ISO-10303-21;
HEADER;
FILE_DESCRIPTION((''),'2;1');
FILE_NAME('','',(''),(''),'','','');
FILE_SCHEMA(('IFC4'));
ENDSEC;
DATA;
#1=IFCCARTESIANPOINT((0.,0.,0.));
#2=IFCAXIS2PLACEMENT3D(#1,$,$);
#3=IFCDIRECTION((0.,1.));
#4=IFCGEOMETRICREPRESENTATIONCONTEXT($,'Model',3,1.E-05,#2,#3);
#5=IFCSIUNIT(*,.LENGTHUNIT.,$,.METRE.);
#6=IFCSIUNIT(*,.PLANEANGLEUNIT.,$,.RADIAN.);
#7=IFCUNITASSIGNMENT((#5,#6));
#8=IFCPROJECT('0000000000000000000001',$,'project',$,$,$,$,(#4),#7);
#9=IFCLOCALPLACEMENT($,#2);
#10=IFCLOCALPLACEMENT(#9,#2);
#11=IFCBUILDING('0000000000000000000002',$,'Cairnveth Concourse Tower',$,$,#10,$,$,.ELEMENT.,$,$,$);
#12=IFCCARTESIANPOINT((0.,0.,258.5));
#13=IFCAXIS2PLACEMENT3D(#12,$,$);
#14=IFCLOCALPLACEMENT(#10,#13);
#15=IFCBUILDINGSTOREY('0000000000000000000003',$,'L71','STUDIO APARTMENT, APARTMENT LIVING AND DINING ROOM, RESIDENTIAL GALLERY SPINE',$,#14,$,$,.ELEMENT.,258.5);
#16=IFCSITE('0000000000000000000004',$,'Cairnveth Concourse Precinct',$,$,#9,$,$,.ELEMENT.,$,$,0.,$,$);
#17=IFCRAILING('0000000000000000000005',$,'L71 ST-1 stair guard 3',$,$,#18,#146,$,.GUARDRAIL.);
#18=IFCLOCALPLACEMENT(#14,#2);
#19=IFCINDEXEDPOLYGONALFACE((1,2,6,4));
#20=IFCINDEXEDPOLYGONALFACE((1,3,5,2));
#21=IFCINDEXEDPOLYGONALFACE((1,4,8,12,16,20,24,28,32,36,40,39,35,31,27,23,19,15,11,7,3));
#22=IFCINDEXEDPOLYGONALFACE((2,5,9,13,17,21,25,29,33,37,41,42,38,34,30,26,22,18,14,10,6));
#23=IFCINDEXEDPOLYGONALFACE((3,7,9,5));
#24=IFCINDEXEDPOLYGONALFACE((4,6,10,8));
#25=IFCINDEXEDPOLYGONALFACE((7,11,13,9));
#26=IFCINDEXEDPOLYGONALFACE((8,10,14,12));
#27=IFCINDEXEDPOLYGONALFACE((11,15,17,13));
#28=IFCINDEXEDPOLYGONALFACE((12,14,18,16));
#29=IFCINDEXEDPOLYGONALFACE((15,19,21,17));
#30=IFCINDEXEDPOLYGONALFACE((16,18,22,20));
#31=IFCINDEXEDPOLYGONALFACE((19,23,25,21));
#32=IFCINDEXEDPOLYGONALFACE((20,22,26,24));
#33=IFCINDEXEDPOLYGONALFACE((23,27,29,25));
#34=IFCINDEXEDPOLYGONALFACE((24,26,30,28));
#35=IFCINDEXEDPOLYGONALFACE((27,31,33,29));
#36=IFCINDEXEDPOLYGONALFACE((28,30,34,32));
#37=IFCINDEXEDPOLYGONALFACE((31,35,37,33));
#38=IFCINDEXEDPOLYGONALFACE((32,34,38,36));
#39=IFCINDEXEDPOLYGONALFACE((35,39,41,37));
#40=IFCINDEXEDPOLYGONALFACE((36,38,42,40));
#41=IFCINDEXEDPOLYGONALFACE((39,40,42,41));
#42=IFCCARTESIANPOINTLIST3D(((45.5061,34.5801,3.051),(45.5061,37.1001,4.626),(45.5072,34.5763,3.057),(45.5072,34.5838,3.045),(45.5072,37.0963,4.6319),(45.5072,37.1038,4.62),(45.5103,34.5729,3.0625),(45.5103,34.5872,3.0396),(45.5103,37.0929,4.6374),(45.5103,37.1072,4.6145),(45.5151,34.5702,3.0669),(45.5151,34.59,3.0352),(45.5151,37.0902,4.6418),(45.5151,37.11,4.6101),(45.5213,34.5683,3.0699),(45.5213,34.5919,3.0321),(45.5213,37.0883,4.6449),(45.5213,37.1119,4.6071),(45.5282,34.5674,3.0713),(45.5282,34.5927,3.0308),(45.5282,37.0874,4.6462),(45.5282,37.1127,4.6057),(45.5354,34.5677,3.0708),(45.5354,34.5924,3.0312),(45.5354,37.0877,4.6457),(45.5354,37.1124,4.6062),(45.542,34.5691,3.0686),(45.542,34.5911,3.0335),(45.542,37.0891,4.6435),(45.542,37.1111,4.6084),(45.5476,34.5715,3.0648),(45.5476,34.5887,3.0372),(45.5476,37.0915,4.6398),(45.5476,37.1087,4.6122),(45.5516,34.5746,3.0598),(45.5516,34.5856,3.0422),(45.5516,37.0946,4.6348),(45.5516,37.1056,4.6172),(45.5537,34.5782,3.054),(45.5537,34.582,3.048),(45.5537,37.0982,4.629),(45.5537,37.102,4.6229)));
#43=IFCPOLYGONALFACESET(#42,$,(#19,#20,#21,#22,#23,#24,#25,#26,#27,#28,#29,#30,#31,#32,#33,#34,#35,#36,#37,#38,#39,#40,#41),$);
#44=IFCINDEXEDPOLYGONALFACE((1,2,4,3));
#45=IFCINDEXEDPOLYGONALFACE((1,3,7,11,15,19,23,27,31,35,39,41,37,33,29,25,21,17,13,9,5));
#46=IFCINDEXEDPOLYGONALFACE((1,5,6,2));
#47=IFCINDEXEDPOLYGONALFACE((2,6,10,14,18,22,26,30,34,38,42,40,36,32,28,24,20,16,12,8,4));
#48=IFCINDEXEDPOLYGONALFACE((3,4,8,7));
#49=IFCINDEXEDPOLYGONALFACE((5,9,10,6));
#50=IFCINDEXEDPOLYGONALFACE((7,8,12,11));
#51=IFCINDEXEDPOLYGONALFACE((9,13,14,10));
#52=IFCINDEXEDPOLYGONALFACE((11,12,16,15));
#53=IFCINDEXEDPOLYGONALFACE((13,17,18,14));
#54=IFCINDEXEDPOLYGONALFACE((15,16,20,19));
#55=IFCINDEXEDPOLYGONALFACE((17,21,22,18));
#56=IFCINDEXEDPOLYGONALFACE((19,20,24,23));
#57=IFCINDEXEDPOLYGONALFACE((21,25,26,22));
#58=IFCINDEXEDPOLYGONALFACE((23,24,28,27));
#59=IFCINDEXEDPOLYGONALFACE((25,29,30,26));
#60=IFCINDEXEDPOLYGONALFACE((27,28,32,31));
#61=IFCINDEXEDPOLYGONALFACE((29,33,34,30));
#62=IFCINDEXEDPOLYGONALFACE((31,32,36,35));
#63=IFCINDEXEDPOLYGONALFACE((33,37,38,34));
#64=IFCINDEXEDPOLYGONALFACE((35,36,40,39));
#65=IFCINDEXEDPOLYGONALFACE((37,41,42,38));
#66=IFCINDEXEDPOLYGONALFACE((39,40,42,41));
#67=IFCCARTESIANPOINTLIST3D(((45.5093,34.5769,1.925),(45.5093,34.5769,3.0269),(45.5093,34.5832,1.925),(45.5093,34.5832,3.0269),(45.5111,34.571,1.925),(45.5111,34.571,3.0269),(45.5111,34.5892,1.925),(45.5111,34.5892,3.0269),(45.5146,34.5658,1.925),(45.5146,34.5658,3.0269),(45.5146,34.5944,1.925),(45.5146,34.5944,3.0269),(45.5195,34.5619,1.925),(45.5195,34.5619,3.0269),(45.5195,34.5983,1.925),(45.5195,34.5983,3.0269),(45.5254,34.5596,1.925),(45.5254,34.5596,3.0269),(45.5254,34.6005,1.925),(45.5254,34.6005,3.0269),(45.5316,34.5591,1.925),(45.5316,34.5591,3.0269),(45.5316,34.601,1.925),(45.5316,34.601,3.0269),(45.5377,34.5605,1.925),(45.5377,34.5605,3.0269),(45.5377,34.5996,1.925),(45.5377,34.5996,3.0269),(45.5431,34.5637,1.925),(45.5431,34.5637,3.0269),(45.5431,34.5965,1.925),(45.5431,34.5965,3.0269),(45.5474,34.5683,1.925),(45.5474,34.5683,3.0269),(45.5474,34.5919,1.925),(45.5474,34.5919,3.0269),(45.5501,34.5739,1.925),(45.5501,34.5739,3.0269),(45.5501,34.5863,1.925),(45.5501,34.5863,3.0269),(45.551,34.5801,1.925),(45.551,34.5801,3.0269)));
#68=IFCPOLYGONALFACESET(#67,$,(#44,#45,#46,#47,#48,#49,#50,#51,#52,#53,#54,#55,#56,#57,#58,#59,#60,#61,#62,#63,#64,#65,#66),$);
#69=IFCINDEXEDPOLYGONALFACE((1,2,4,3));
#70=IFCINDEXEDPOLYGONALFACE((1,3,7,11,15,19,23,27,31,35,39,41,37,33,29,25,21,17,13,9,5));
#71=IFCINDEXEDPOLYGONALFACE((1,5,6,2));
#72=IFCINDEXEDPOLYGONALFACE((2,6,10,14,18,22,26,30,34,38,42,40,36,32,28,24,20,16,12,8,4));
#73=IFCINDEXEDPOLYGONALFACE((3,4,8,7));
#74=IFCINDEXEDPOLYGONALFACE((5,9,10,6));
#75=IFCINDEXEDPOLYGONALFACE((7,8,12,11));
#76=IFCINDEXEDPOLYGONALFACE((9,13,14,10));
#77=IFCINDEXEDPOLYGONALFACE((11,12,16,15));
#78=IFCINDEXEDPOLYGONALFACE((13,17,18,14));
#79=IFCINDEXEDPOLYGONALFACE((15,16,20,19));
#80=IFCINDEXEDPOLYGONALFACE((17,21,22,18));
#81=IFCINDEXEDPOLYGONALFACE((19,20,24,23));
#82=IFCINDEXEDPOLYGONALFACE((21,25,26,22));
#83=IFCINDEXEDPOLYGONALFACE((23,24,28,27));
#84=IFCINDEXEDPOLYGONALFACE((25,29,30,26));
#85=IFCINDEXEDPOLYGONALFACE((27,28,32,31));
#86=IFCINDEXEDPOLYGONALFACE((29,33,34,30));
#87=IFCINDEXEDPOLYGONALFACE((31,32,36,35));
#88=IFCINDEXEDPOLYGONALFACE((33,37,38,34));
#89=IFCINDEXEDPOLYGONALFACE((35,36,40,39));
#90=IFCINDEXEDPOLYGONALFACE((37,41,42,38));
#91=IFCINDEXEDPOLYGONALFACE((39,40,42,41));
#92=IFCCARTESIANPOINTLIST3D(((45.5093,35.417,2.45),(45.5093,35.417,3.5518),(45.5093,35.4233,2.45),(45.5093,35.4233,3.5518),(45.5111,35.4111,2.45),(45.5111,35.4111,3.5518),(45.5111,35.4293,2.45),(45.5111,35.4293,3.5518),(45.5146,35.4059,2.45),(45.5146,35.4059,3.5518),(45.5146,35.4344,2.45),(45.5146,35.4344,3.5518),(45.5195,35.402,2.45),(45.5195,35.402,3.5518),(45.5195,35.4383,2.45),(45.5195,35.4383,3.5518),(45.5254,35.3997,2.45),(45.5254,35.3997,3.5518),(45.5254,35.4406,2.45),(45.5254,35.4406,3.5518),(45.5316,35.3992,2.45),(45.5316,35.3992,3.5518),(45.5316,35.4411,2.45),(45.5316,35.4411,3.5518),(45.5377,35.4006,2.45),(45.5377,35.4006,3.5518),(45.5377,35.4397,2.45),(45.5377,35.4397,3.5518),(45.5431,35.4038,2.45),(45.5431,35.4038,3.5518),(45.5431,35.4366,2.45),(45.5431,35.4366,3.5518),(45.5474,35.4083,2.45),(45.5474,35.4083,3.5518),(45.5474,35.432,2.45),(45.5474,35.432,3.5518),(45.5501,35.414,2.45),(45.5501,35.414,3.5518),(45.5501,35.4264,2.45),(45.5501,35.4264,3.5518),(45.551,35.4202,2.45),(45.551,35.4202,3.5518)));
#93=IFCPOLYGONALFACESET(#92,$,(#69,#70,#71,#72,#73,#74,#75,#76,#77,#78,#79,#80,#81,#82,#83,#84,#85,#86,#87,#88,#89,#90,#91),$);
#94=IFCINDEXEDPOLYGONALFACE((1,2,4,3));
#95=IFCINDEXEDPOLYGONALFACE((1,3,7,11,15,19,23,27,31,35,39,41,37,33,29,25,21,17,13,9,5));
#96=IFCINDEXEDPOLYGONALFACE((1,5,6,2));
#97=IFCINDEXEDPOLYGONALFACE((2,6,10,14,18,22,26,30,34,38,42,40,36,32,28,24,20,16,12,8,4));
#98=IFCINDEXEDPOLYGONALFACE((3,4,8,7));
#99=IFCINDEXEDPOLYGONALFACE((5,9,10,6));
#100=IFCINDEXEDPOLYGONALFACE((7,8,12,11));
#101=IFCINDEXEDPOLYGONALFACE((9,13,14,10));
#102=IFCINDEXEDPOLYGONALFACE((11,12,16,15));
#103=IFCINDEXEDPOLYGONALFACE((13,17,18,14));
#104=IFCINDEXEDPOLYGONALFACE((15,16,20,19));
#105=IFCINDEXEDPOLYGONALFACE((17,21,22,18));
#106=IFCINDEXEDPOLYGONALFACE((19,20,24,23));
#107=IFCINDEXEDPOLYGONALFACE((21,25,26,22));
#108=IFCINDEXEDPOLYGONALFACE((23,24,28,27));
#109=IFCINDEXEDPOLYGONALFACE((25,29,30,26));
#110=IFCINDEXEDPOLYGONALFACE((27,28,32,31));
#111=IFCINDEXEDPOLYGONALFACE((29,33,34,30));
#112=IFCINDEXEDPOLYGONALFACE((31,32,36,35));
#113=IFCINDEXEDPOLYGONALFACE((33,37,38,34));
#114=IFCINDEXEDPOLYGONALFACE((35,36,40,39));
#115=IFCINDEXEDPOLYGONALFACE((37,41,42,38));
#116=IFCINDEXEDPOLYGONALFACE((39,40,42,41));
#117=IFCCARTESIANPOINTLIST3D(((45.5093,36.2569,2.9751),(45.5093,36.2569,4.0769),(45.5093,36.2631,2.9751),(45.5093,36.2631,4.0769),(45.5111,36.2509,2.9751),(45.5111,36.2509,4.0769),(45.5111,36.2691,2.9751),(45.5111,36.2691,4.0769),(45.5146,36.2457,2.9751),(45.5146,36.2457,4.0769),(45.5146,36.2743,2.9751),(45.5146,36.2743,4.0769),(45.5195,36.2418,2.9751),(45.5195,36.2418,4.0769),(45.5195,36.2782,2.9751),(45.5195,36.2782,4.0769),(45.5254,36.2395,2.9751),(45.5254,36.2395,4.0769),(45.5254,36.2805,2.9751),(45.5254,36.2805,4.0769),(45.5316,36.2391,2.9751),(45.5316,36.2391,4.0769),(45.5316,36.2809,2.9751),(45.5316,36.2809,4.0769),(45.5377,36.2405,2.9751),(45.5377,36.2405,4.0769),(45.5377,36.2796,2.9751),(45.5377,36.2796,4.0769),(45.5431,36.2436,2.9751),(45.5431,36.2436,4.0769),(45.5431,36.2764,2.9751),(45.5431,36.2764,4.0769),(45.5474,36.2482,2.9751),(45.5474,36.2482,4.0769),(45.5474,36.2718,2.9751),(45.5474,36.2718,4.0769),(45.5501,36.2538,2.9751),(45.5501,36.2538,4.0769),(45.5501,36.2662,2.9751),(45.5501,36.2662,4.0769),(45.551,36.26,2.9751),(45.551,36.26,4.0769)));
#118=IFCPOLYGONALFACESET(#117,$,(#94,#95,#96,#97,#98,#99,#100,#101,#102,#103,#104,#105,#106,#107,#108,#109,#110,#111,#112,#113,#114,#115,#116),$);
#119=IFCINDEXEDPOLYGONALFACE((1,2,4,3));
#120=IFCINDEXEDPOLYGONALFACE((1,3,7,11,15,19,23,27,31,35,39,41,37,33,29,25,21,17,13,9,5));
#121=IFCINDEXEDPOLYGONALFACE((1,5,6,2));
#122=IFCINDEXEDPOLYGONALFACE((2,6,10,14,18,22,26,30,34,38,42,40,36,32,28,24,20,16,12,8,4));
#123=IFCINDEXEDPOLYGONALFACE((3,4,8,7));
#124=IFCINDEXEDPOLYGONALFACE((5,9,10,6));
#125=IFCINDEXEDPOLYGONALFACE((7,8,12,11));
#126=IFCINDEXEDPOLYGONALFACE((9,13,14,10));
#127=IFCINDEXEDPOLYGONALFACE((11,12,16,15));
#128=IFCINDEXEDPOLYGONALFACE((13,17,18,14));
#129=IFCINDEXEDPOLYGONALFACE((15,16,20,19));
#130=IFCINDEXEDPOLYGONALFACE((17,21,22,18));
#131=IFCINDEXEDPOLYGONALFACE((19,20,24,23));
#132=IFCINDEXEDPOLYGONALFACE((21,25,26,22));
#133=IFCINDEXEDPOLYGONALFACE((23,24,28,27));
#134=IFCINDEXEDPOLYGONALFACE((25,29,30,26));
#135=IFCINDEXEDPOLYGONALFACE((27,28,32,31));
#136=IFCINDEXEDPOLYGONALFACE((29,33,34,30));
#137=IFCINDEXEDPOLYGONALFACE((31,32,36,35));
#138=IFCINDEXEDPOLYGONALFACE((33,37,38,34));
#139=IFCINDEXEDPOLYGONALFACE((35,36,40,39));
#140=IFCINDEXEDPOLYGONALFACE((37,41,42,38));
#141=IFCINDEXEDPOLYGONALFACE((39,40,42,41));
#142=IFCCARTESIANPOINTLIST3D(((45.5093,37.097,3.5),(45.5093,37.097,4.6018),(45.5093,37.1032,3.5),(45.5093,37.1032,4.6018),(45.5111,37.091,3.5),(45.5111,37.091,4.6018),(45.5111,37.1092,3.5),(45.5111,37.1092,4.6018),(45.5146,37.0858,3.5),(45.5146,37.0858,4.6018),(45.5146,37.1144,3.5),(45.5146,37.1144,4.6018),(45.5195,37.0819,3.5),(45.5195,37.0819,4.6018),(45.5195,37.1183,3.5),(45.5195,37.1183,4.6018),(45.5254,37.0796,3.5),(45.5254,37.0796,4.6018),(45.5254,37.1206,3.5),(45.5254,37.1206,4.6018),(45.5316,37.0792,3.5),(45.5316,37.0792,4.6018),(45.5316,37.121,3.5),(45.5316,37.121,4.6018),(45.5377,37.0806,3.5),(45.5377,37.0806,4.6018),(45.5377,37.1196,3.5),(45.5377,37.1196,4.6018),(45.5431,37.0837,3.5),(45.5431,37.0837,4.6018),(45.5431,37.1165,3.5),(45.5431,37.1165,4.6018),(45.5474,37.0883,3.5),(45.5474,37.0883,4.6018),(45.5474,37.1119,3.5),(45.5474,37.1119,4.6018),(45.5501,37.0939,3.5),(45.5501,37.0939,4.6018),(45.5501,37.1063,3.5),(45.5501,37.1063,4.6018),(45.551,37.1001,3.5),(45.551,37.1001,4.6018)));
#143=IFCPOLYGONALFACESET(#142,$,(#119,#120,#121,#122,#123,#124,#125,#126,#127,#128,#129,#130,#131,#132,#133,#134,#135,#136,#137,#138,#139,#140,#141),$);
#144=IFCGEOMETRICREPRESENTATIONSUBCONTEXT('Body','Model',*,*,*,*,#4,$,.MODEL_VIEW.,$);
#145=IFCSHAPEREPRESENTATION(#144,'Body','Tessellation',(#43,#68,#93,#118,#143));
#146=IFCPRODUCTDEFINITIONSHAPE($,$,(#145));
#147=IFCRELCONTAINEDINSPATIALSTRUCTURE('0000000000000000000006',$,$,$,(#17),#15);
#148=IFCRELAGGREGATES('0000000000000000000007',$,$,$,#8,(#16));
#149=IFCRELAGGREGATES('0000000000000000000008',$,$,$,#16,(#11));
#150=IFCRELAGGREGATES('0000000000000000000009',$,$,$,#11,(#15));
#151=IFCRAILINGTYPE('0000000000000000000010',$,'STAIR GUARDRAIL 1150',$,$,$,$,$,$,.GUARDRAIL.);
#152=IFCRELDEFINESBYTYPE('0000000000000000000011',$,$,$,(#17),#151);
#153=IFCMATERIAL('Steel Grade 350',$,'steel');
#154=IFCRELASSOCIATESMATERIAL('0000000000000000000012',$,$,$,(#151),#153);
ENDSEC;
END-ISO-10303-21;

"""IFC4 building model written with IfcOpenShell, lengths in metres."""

from ifc_helpers import new_model, si_unit, direction, frame, origin, origin_2d, place, context, subcontext, project, spatial, circle, extrude, material, type_object, element, save


model = new_model("IFC4")

# Units and contexts
model_context = context("Model", 3, precision=1e-05, world=origin(), true_north=direction((0.0, 1.0)))
body_context = subcontext(model_context, "Body", "Model", "MODEL_VIEW")
ifc_project = project(units=[si_unit("LENGTHUNIT", "METRE"), si_unit("PLANEANGLEUNIT", "RADIAN")], contexts=[model_context])

# Site, building, storey
site_placement = place(None, origin())
site = spatial("IfcSite", under=ifc_project, at=site_placement, Name="Cairnveth Concourse Precinct", CompositionType="ELEMENT", RefElevation=0.0)
building_placement = place(site_placement, origin())
building = spatial("IfcBuilding", under=site, at=building_placement, Name="Cairnveth Concourse Tower", CompositionType="ELEMENT")
storey_placement = place(building_placement, frame((0.0, 0.0, 258.5)))
storey = spatial("IfcBuildingStorey", under=building, at=storey_placement, Name="L71", Description="STUDIO APARTMENT, APARTMENT LIVING AND DINING ROOM, RESIDENTIAL GALLERY SPINE", CompositionType="ELEMENT", Elevation=258.5)

# Railing
ifc_material_1 = material(Name="Steel Grade 350", Category="steel")
railing_type = type_object("IfcRailingType", Name="STAIR GUARDRAIL 1150", PredefinedType="GUARDRAIL", material=ifc_material_1)
railing_1_placement = place(storey_placement, frame((45.53, 34.5801, 1.925)))
element("IfcRailing", 1, at=railing_1_placement, inside=storey, type_object=railing_type, Name="L71 ST-1 stair guard 3", PredefinedType="GUARDRAIL", context=body_context, shape_type="SweptSolid", body=[
    extrude(circle(Radius=0.0239, at=origin_2d()), frame((0.0, 0.0, 1.126), z_axis=(0.0, 0.848008, 0.529984), x_axis=(-1.0, 0.0, 0.0)), (0.0, 0.0, 1.0), 2.9717),
    extrude(circle(Radius=0.021, at=origin_2d()), origin(), (0.0, 0.0, 1.0), 1.1018),
    extrude(circle(Radius=0.021, at=origin_2d()), frame((0.0, 0.8401, 0.5249)), (0.0, 0.0, 1.0), 1.1018),
    extrude(circle(Radius=0.021, at=origin_2d()), frame((0.0, 1.6799, 1.05)), (0.0, 0.0, 1.0), 1.1018),
    extrude(circle(Radius=0.021, at=origin_2d()), frame((0.0, 2.52, 1.575)), (0.0, 0.0, 1.0), 1.1018),
])

save(model, "model.ifc")
